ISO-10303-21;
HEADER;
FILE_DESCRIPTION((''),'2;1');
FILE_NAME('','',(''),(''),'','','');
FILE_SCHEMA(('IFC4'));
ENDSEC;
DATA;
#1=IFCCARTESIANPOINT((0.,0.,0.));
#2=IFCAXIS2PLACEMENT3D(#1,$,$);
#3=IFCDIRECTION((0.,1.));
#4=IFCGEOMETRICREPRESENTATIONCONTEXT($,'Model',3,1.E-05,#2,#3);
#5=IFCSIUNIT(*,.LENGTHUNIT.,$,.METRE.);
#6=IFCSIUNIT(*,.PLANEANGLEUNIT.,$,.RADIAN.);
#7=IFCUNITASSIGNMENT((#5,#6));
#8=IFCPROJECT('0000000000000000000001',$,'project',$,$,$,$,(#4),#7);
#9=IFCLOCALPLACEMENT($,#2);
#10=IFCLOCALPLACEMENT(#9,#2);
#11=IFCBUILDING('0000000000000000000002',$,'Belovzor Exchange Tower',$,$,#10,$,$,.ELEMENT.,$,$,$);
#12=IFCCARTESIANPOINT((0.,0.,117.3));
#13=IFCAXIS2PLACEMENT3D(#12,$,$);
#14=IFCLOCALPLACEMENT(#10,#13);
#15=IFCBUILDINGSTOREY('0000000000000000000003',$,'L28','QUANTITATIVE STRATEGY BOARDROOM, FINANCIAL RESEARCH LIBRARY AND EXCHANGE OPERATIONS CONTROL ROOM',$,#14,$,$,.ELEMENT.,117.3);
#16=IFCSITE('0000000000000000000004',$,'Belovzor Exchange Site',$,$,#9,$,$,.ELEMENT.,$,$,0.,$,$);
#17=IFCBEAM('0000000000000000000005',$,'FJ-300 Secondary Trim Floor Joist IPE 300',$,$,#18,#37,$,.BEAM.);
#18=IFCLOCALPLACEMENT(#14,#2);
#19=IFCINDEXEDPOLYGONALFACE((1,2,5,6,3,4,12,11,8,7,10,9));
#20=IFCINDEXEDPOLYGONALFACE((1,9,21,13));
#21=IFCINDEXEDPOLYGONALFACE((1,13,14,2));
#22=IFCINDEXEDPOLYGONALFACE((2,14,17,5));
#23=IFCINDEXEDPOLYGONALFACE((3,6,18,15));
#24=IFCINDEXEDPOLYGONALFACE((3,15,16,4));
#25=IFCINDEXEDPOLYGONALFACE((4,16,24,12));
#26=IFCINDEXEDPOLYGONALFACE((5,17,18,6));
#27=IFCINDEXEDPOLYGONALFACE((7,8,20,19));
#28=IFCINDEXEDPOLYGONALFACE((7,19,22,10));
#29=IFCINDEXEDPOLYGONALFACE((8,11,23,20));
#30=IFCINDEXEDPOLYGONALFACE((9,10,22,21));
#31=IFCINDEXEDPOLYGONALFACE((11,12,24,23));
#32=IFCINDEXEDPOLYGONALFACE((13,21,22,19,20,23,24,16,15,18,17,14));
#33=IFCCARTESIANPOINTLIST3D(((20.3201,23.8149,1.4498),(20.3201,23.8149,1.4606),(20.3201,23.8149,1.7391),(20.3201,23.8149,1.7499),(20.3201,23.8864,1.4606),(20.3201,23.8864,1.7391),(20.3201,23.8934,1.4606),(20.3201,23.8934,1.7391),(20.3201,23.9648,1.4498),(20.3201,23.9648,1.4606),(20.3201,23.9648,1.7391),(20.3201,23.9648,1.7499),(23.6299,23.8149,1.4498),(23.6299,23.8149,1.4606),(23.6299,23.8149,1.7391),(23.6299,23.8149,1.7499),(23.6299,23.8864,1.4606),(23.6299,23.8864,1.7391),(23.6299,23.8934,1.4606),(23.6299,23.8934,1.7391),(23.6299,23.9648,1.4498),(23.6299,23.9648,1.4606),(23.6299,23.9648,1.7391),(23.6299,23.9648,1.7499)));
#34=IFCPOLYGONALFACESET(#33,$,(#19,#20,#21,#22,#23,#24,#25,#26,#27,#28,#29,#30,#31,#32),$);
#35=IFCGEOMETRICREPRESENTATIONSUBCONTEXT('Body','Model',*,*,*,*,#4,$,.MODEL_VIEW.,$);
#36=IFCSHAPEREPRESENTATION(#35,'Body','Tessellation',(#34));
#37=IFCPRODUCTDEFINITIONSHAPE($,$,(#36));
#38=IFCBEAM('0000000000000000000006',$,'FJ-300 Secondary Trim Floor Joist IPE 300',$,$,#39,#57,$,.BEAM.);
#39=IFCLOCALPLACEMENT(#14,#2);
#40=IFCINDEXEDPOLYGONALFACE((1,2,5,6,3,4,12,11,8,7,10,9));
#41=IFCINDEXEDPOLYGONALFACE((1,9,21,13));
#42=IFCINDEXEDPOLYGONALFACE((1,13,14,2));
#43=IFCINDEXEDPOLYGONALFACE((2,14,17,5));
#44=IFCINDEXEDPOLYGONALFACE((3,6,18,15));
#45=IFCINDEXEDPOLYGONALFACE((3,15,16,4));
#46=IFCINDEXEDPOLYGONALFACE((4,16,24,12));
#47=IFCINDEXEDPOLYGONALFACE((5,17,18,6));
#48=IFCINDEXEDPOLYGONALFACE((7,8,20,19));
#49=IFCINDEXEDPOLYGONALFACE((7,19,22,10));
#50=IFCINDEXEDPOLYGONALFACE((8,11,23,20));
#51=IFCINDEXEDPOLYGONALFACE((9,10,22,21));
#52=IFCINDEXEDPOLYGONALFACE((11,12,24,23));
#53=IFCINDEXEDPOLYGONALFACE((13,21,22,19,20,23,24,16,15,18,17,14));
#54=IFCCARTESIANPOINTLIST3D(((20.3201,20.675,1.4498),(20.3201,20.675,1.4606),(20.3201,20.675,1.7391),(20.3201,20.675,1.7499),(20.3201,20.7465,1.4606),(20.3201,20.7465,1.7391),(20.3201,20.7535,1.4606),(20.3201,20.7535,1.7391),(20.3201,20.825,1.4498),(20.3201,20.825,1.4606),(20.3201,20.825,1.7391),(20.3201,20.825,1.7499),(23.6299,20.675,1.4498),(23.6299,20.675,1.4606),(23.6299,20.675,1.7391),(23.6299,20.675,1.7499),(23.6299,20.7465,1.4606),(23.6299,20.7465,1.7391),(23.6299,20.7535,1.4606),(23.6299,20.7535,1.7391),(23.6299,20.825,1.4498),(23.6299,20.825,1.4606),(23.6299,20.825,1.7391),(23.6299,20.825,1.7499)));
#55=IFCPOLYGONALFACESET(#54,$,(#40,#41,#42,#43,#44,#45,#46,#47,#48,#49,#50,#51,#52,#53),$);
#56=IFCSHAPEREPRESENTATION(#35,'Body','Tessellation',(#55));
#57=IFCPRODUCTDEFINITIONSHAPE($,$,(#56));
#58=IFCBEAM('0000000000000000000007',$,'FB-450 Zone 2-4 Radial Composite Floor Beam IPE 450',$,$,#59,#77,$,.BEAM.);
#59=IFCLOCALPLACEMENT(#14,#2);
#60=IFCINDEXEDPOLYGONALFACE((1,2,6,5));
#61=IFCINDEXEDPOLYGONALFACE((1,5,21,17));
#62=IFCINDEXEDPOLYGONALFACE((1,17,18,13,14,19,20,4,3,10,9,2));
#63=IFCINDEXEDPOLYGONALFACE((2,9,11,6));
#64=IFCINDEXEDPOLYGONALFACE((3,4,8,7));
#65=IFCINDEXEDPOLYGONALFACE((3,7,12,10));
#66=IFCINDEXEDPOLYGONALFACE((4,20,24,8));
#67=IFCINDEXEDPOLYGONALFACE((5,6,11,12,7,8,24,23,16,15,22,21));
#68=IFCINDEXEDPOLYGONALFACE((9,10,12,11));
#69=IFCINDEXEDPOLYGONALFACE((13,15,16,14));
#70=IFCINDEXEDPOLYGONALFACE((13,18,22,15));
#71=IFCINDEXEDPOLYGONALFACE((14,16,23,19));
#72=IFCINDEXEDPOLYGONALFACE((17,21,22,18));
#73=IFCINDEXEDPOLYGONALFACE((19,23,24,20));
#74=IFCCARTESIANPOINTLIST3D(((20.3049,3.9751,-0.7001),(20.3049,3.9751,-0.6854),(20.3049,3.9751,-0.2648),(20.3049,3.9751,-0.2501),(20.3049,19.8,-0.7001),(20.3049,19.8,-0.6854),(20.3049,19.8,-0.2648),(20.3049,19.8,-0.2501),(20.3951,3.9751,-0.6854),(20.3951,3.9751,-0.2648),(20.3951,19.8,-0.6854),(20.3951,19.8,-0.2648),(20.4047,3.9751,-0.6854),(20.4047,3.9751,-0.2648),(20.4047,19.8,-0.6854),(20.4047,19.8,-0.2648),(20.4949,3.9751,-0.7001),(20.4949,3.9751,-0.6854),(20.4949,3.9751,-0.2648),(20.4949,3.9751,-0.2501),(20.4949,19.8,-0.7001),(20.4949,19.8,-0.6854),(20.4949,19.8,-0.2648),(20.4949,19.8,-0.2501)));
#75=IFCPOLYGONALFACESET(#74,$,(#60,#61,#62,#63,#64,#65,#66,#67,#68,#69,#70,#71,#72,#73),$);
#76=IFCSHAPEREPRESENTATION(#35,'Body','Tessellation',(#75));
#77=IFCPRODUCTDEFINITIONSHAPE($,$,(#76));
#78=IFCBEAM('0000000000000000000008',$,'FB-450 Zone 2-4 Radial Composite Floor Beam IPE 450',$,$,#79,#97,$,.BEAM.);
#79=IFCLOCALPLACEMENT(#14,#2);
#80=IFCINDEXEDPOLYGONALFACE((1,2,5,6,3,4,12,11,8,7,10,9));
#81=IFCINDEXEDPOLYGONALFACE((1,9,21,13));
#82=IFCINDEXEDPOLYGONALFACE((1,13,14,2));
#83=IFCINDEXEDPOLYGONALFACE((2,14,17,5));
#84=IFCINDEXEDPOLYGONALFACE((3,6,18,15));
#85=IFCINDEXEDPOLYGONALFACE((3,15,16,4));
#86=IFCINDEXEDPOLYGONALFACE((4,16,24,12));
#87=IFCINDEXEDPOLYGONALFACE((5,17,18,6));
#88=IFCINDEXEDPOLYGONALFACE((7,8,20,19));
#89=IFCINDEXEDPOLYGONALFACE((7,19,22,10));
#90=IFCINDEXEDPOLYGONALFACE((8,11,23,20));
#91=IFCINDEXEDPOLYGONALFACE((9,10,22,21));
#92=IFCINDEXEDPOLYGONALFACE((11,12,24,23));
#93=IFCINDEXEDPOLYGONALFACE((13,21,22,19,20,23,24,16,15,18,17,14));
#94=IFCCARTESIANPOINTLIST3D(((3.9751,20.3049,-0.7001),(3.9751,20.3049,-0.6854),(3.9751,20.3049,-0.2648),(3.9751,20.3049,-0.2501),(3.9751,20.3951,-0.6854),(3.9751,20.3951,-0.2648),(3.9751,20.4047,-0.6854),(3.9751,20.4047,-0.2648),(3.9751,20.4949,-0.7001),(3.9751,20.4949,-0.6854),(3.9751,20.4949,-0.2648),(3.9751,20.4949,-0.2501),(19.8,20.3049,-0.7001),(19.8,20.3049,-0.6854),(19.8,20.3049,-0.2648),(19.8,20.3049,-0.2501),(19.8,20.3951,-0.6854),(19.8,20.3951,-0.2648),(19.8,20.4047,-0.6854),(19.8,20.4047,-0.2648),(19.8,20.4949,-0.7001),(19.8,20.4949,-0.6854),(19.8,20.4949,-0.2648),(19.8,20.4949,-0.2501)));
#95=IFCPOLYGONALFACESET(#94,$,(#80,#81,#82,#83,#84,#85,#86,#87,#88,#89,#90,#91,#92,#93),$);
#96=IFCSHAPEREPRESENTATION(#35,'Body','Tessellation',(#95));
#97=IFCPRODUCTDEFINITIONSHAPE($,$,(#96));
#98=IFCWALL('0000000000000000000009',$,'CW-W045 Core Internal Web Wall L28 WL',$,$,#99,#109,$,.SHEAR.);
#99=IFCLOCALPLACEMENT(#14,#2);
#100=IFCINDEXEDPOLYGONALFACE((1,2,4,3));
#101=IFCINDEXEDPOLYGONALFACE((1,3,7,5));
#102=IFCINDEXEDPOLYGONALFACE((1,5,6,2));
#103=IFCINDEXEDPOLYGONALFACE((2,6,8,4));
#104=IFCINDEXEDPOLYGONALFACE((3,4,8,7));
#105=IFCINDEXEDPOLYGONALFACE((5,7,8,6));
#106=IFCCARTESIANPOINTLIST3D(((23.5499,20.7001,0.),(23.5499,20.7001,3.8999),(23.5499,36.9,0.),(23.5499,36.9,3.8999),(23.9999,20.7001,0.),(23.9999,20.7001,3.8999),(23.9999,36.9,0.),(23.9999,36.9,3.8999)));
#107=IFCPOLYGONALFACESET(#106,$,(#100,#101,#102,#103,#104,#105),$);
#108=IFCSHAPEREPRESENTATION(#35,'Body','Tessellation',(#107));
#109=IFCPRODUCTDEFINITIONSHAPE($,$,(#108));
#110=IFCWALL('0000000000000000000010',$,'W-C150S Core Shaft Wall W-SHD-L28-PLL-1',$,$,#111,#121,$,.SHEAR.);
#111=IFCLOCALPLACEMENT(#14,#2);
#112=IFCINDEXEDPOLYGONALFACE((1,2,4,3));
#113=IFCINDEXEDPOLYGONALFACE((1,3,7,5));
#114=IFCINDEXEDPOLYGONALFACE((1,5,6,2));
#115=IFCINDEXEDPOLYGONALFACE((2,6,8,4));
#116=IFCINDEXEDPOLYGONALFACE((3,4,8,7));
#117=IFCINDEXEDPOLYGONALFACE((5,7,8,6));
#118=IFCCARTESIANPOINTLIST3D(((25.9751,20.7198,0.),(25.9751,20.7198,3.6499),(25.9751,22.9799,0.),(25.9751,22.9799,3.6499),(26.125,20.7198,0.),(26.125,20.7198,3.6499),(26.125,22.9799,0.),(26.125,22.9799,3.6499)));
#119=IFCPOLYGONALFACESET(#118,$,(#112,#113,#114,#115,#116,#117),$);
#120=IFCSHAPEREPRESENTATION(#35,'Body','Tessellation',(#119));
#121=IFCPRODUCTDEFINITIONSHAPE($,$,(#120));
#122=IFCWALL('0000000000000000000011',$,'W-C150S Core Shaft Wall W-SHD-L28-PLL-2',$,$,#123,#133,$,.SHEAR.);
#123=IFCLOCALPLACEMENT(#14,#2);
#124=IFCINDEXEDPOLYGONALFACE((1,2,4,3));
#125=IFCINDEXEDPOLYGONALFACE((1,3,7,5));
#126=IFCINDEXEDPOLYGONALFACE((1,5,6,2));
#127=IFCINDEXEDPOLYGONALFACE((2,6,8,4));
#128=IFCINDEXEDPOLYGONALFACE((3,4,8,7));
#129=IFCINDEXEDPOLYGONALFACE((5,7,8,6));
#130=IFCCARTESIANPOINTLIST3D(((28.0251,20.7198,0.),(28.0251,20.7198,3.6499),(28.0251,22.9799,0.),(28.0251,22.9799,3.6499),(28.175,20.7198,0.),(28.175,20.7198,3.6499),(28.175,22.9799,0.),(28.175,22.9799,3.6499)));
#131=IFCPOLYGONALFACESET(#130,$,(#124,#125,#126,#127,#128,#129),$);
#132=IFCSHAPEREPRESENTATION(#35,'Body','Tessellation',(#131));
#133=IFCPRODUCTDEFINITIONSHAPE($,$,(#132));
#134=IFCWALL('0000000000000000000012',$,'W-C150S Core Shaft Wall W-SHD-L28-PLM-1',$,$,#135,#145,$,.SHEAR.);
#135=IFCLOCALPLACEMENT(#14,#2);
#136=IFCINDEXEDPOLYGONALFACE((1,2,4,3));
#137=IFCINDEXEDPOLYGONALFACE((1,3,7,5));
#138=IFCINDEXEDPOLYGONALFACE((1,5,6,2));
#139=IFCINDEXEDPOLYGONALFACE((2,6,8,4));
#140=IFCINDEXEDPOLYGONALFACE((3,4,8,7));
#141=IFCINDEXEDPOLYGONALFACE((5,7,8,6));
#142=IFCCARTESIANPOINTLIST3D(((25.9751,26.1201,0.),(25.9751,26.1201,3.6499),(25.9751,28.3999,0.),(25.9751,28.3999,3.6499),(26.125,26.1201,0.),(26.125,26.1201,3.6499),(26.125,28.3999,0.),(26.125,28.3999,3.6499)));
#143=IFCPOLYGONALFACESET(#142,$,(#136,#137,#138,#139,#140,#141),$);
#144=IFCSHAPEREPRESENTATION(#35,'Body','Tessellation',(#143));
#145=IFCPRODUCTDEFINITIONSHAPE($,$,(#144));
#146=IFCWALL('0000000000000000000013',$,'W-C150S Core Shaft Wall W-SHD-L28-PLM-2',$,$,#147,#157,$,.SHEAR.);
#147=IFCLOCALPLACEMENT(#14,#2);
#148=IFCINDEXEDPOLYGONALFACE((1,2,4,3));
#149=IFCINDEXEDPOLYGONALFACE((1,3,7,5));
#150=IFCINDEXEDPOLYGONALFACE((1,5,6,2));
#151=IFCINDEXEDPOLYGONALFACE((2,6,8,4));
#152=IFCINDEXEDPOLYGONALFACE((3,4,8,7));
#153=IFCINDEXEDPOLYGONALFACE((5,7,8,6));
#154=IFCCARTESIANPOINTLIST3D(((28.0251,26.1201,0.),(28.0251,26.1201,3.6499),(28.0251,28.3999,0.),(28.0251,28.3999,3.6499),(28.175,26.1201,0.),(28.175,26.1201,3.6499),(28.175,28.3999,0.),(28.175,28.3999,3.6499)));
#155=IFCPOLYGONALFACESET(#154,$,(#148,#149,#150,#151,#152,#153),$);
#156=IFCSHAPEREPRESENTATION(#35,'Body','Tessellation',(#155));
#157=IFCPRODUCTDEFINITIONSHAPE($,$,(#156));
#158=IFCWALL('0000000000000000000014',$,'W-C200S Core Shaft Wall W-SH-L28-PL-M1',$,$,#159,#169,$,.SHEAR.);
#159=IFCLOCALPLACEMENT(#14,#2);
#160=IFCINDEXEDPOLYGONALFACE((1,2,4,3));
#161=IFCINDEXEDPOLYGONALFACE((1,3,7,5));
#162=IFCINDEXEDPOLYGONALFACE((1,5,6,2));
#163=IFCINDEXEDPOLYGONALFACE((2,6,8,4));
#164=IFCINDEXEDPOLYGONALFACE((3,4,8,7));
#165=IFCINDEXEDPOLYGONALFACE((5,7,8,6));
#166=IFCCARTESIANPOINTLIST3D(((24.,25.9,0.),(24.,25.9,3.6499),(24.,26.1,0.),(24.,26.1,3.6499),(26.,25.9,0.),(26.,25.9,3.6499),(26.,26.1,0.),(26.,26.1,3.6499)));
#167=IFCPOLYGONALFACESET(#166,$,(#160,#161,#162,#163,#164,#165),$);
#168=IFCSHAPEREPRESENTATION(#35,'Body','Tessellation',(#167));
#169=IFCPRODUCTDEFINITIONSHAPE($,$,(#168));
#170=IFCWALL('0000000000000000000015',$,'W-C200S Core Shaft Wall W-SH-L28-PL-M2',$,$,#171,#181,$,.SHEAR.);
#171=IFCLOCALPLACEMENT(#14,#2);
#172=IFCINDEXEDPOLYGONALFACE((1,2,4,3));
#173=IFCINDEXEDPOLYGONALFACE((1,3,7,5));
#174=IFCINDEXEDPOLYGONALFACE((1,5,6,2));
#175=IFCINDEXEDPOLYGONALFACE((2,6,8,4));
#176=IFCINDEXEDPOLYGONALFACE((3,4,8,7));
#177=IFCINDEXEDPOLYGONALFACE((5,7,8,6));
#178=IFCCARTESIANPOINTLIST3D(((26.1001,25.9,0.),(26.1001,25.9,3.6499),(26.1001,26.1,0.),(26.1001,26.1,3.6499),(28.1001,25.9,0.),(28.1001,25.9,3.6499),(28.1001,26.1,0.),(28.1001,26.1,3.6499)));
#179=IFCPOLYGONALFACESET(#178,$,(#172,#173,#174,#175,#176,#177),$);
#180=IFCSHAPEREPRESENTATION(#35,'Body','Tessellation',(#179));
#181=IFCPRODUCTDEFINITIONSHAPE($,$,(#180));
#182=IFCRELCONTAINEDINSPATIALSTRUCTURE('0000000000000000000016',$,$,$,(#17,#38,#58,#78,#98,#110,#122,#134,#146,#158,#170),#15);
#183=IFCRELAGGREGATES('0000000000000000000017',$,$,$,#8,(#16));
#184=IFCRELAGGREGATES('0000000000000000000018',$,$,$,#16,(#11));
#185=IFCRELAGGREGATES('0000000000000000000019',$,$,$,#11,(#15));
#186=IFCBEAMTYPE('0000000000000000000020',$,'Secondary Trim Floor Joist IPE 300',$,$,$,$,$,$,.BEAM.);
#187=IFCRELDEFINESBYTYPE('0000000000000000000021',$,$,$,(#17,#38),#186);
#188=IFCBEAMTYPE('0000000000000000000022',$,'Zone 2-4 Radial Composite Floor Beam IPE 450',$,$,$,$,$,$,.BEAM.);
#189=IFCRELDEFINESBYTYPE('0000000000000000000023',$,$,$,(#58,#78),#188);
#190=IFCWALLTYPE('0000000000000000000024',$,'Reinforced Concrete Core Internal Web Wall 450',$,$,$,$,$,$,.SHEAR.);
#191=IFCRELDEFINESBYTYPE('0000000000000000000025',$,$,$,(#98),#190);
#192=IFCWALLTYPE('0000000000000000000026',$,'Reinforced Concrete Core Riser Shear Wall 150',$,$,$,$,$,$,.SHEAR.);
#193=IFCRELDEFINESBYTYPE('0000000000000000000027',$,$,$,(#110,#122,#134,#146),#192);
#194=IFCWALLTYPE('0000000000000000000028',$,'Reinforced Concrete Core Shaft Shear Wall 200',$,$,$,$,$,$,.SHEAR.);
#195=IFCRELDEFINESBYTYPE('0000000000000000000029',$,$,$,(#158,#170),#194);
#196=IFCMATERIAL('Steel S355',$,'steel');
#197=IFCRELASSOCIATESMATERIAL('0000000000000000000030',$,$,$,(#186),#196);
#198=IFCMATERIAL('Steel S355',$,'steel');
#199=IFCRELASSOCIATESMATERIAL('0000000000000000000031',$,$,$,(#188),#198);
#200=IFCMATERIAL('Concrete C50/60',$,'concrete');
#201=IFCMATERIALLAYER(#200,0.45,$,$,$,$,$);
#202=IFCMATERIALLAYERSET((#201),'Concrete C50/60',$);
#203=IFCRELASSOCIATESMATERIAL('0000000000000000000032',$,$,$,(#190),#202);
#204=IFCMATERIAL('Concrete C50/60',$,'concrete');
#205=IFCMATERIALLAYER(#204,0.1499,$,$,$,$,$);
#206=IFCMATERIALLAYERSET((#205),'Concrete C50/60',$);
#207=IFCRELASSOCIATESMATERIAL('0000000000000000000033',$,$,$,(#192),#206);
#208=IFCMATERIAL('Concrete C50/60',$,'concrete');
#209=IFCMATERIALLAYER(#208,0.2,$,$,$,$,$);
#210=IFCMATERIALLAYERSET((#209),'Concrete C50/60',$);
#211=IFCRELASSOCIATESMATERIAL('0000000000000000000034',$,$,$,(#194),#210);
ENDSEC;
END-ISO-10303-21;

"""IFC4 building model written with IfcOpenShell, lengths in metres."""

from ifc_helpers import new_model, si_unit, direction, frame, frame_2d, origin, origin_2d, place, context, subcontext, project, spatial, rectangle, i_section, extrude, material, layer, layer_set, material_profile, profile_set, type_object, element, save


model = new_model("IFC4")

# Units and contexts
model_context = context("Model", 3, precision=1e-05, world=origin(), true_north=direction((0.0, 1.0)))
body_context = subcontext(model_context, "Body", "Model", "MODEL_VIEW")
ifc_project = project(units=[si_unit("LENGTHUNIT", "METRE"), si_unit("PLANEANGLEUNIT", "RADIAN")], contexts=[model_context])

# Site, building, storey
site_placement = place(None, origin())
site = spatial("IfcSite", under=ifc_project, at=site_placement, Name="Belovzor Exchange Site", CompositionType="ELEMENT", RefElevation=0.0)
building_placement = place(site_placement, origin())
building = spatial("IfcBuilding", under=site, at=building_placement, Name="Belovzor Exchange Tower", CompositionType="ELEMENT")
storey_placement = place(building_placement, frame((0.0, 0.0, 117.3)))
storey = spatial("IfcBuildingStorey", under=building, at=storey_placement, Name="L28", Description="QUANTITATIVE STRATEGY BOARDROOM, FINANCIAL RESEARCH LIBRARY AND EXCHANGE OPERATIONS CONTROL ROOM", CompositionType="ELEMENT", Elevation=117.3)

# Beams
ifc_material_1 = material(Name="Steel S355", Category="steel")
ifc_material_profile_1 = material_profile(ifc_material_1, i_section(OverallWidth=0.1499, OverallDepth=0.3, WebThickness=0.0071, FlangeThickness=0.0107, at=origin_2d()))
ifc_profile_set_1 = profile_set([ifc_material_profile_1], Name="Steel S355")
beam_type_1 = type_object("IfcBeamType", Name="Secondary Trim Floor Joist IPE 300", PredefinedType="BEAM", material=ifc_profile_set_1)
for number, where, z_axis, x_axis, name in (
    (1, (20.3201, 23.8899, 1.5999), (1.0, 0.0, 0.0), (0.0, 1.0, 0.0), "FJ-300 Secondary Trim Floor Joist IPE 300"),
    (2, (20.3201, 20.75, 1.5999), (1.0, 0.0, 0.0), (0.0, 1.0, 0.0), "FJ-300 Secondary Trim Floor Joist IPE 300"),
):
    element("IfcBeam", number, at=place(storey_placement, frame(where, z_axis=z_axis, x_axis=x_axis)), inside=storey, type_object=beam_type_1, Name=name, PredefinedType="BEAM", context=body_context, shape_type="SweptSolid", body=[
        extrude(i_section(OverallWidth=0.1499, OverallDepth=0.3, WebThickness=0.0071, FlangeThickness=0.0107, at=origin_2d()), origin(), (0.0, 0.0, 1.0), 3.3098),
    ])
ifc_material_2 = material(Name="Steel S355", Category="steel")
ifc_material_profile_2 = material_profile(ifc_material_2, i_section(OverallWidth=0.1899, OverallDepth=0.45, WebThickness=0.0095, FlangeThickness=0.0146, at=origin_2d()))
ifc_profile_set_2 = profile_set([ifc_material_profile_2], Name="Steel S355")
beam_type_2 = type_object("IfcBeamType", Name="Zone 2-4 Radial Composite Floor Beam IPE 450", PredefinedType="BEAM", material=ifc_profile_set_2)
for number, where, z_axis, x_axis, name in (
    (3, (20.3999, 19.8, -0.4751), (0.0, -1.0, 0.0), (1.0, 0.0, 0.0), "FB-450 Zone 2-4 Radial Composite Floor Beam IPE 450"),
    (4, (19.8, 20.3999, -0.4751), (-1.0, 0.0, 0.0), (0.0, -1.0, 0.0), "FB-450 Zone 2-4 Radial Composite Floor Beam IPE 450"),
):
    element("IfcBeam", number, at=place(storey_placement, frame(where, z_axis=z_axis, x_axis=x_axis)), inside=storey, type_object=beam_type_2, Name=name, PredefinedType="BEAM", context=body_context, shape_type="SweptSolid", body=[
        extrude(i_section(OverallWidth=0.1899, OverallDepth=0.45, WebThickness=0.0095, FlangeThickness=0.0146, at=origin_2d()), origin(), (0.0, 0.0, 1.0), 15.825),
    ])

# Walls
ifc_material_3 = material(Name="Concrete C50/60", Category="concrete")
ifc_layer_1 = layer(ifc_material_3, 0.45)
ifc_layer_set_1 = layer_set([ifc_layer_1], Name="Concrete C50/60")
wall_type_1 = type_object("IfcWallType", Name="Reinforced Concrete Core Internal Web Wall 450", PredefinedType="SHEAR", material=ifc_layer_set_1)
wall_1_placement = place(storey_placement, frame((23.7749, 20.7, 0.0), z_axis=(0.0, 0.0, 1.0), x_axis=(0.0, 1.0, 0.0)))
element("IfcWall", 5, at=wall_1_placement, inside=storey, type_object=wall_type_1, Name="CW-W045 Core Internal Web Wall L28 WL", PredefinedType="SHEAR", context=body_context, shape_type="SweptSolid", body=[
    extrude(rectangle(XDim=16.2, YDim=0.45, at=frame_2d((8.1001, 0.0))), origin(), (0.0, 0.0, 1.0), 3.8999),
])
ifc_material_4 = material(Name="Concrete C50/60", Category="concrete")
ifc_layer_2 = layer(ifc_material_4, 0.1499)
ifc_layer_set_2 = layer_set([ifc_layer_2], Name="Concrete C50/60")
wall_type_2 = type_object("IfcWallType", Name="Reinforced Concrete Core Riser Shear Wall 150", PredefinedType="SHEAR", material=ifc_layer_set_2)
for number, where, z_axis, x_axis, name in (
    (6, (26.05, 20.72, 0.0), (0.0, 0.0, 1.0), (0.0, 1.0, 0.0), "W-C150S Core Shaft Wall W-SHD-L28-PLL-1"),
    (7, (28.1001, 20.72, 0.0), (0.0, 0.0, 1.0), (0.0, 1.0, 0.0), "W-C150S Core Shaft Wall W-SHD-L28-PLL-2"),
):
    element("IfcWall", number, at=place(storey_placement, frame(where, z_axis=z_axis, x_axis=x_axis)), inside=storey, type_object=wall_type_2, Name=name, PredefinedType="SHEAR", context=body_context, shape_type="SweptSolid", body=[
        extrude(rectangle(XDim=2.26, YDim=0.1499, at=frame_2d((1.1299, 0.0))), origin(), (0.0, 0.0, 1.0), 3.6499),
    ])
for number, where, z_axis, x_axis, name in (
    (8, (26.05, 26.1201, 0.0), (0.0, 0.0, 1.0), (0.0, 1.0, 0.0), "W-C150S Core Shaft Wall W-SHD-L28-PLM-1"),
    (9, (28.1001, 26.1201, 0.0), (0.0, 0.0, 1.0), (0.0, 1.0, 0.0), "W-C150S Core Shaft Wall W-SHD-L28-PLM-2"),
):
    element("IfcWall", number, at=place(storey_placement, frame(where, z_axis=z_axis, x_axis=x_axis)), inside=storey, type_object=wall_type_2, Name=name, PredefinedType="SHEAR", context=body_context, shape_type="SweptSolid", body=[
        extrude(rectangle(XDim=2.2798, YDim=0.1499, at=frame_2d((1.1399, 0.0))), origin(), (0.0, 0.0, 1.0), 3.6499),
    ])

# Shared definitions
ifc_material_5 = material(Name="Concrete C50/60", Category="concrete")
ifc_layer_3 = layer(ifc_material_5, 0.2)
ifc_layer_set_3 = layer_set([ifc_layer_3], Name="Concrete C50/60")
wall_type_3 = type_object("IfcWallType", Name="Reinforced Concrete Core Shaft Shear Wall 200", PredefinedType="SHEAR", material=ifc_layer_set_3)

# Walls
for number, where, z_axis, x_axis, name in (
    (10, (24.0, 26.0, 0.0), (0.0, 0.0, 1.0), (1.0, 0.0, 0.0), "W-C200S Core Shaft Wall W-SH-L28-PL-M1"),
    (11, (26.1001, 26.0, 0.0), (0.0, 0.0, 1.0), (1.0, 0.0, 0.0), "W-C200S Core Shaft Wall W-SH-L28-PL-M2"),
):
    element("IfcWall", number, at=place(storey_placement, frame(where, z_axis=z_axis, x_axis=x_axis)), inside=storey, type_object=wall_type_3, Name=name, PredefinedType="SHEAR", context=body_context, shape_type="SweptSolid", body=[
        extrude(rectangle(XDim=2.0, YDim=0.2, at=frame_2d((1.0, 0.0))), origin(), (0.0, 0.0, 1.0), 3.6499),
    ])

save(model, "model.ifc")
